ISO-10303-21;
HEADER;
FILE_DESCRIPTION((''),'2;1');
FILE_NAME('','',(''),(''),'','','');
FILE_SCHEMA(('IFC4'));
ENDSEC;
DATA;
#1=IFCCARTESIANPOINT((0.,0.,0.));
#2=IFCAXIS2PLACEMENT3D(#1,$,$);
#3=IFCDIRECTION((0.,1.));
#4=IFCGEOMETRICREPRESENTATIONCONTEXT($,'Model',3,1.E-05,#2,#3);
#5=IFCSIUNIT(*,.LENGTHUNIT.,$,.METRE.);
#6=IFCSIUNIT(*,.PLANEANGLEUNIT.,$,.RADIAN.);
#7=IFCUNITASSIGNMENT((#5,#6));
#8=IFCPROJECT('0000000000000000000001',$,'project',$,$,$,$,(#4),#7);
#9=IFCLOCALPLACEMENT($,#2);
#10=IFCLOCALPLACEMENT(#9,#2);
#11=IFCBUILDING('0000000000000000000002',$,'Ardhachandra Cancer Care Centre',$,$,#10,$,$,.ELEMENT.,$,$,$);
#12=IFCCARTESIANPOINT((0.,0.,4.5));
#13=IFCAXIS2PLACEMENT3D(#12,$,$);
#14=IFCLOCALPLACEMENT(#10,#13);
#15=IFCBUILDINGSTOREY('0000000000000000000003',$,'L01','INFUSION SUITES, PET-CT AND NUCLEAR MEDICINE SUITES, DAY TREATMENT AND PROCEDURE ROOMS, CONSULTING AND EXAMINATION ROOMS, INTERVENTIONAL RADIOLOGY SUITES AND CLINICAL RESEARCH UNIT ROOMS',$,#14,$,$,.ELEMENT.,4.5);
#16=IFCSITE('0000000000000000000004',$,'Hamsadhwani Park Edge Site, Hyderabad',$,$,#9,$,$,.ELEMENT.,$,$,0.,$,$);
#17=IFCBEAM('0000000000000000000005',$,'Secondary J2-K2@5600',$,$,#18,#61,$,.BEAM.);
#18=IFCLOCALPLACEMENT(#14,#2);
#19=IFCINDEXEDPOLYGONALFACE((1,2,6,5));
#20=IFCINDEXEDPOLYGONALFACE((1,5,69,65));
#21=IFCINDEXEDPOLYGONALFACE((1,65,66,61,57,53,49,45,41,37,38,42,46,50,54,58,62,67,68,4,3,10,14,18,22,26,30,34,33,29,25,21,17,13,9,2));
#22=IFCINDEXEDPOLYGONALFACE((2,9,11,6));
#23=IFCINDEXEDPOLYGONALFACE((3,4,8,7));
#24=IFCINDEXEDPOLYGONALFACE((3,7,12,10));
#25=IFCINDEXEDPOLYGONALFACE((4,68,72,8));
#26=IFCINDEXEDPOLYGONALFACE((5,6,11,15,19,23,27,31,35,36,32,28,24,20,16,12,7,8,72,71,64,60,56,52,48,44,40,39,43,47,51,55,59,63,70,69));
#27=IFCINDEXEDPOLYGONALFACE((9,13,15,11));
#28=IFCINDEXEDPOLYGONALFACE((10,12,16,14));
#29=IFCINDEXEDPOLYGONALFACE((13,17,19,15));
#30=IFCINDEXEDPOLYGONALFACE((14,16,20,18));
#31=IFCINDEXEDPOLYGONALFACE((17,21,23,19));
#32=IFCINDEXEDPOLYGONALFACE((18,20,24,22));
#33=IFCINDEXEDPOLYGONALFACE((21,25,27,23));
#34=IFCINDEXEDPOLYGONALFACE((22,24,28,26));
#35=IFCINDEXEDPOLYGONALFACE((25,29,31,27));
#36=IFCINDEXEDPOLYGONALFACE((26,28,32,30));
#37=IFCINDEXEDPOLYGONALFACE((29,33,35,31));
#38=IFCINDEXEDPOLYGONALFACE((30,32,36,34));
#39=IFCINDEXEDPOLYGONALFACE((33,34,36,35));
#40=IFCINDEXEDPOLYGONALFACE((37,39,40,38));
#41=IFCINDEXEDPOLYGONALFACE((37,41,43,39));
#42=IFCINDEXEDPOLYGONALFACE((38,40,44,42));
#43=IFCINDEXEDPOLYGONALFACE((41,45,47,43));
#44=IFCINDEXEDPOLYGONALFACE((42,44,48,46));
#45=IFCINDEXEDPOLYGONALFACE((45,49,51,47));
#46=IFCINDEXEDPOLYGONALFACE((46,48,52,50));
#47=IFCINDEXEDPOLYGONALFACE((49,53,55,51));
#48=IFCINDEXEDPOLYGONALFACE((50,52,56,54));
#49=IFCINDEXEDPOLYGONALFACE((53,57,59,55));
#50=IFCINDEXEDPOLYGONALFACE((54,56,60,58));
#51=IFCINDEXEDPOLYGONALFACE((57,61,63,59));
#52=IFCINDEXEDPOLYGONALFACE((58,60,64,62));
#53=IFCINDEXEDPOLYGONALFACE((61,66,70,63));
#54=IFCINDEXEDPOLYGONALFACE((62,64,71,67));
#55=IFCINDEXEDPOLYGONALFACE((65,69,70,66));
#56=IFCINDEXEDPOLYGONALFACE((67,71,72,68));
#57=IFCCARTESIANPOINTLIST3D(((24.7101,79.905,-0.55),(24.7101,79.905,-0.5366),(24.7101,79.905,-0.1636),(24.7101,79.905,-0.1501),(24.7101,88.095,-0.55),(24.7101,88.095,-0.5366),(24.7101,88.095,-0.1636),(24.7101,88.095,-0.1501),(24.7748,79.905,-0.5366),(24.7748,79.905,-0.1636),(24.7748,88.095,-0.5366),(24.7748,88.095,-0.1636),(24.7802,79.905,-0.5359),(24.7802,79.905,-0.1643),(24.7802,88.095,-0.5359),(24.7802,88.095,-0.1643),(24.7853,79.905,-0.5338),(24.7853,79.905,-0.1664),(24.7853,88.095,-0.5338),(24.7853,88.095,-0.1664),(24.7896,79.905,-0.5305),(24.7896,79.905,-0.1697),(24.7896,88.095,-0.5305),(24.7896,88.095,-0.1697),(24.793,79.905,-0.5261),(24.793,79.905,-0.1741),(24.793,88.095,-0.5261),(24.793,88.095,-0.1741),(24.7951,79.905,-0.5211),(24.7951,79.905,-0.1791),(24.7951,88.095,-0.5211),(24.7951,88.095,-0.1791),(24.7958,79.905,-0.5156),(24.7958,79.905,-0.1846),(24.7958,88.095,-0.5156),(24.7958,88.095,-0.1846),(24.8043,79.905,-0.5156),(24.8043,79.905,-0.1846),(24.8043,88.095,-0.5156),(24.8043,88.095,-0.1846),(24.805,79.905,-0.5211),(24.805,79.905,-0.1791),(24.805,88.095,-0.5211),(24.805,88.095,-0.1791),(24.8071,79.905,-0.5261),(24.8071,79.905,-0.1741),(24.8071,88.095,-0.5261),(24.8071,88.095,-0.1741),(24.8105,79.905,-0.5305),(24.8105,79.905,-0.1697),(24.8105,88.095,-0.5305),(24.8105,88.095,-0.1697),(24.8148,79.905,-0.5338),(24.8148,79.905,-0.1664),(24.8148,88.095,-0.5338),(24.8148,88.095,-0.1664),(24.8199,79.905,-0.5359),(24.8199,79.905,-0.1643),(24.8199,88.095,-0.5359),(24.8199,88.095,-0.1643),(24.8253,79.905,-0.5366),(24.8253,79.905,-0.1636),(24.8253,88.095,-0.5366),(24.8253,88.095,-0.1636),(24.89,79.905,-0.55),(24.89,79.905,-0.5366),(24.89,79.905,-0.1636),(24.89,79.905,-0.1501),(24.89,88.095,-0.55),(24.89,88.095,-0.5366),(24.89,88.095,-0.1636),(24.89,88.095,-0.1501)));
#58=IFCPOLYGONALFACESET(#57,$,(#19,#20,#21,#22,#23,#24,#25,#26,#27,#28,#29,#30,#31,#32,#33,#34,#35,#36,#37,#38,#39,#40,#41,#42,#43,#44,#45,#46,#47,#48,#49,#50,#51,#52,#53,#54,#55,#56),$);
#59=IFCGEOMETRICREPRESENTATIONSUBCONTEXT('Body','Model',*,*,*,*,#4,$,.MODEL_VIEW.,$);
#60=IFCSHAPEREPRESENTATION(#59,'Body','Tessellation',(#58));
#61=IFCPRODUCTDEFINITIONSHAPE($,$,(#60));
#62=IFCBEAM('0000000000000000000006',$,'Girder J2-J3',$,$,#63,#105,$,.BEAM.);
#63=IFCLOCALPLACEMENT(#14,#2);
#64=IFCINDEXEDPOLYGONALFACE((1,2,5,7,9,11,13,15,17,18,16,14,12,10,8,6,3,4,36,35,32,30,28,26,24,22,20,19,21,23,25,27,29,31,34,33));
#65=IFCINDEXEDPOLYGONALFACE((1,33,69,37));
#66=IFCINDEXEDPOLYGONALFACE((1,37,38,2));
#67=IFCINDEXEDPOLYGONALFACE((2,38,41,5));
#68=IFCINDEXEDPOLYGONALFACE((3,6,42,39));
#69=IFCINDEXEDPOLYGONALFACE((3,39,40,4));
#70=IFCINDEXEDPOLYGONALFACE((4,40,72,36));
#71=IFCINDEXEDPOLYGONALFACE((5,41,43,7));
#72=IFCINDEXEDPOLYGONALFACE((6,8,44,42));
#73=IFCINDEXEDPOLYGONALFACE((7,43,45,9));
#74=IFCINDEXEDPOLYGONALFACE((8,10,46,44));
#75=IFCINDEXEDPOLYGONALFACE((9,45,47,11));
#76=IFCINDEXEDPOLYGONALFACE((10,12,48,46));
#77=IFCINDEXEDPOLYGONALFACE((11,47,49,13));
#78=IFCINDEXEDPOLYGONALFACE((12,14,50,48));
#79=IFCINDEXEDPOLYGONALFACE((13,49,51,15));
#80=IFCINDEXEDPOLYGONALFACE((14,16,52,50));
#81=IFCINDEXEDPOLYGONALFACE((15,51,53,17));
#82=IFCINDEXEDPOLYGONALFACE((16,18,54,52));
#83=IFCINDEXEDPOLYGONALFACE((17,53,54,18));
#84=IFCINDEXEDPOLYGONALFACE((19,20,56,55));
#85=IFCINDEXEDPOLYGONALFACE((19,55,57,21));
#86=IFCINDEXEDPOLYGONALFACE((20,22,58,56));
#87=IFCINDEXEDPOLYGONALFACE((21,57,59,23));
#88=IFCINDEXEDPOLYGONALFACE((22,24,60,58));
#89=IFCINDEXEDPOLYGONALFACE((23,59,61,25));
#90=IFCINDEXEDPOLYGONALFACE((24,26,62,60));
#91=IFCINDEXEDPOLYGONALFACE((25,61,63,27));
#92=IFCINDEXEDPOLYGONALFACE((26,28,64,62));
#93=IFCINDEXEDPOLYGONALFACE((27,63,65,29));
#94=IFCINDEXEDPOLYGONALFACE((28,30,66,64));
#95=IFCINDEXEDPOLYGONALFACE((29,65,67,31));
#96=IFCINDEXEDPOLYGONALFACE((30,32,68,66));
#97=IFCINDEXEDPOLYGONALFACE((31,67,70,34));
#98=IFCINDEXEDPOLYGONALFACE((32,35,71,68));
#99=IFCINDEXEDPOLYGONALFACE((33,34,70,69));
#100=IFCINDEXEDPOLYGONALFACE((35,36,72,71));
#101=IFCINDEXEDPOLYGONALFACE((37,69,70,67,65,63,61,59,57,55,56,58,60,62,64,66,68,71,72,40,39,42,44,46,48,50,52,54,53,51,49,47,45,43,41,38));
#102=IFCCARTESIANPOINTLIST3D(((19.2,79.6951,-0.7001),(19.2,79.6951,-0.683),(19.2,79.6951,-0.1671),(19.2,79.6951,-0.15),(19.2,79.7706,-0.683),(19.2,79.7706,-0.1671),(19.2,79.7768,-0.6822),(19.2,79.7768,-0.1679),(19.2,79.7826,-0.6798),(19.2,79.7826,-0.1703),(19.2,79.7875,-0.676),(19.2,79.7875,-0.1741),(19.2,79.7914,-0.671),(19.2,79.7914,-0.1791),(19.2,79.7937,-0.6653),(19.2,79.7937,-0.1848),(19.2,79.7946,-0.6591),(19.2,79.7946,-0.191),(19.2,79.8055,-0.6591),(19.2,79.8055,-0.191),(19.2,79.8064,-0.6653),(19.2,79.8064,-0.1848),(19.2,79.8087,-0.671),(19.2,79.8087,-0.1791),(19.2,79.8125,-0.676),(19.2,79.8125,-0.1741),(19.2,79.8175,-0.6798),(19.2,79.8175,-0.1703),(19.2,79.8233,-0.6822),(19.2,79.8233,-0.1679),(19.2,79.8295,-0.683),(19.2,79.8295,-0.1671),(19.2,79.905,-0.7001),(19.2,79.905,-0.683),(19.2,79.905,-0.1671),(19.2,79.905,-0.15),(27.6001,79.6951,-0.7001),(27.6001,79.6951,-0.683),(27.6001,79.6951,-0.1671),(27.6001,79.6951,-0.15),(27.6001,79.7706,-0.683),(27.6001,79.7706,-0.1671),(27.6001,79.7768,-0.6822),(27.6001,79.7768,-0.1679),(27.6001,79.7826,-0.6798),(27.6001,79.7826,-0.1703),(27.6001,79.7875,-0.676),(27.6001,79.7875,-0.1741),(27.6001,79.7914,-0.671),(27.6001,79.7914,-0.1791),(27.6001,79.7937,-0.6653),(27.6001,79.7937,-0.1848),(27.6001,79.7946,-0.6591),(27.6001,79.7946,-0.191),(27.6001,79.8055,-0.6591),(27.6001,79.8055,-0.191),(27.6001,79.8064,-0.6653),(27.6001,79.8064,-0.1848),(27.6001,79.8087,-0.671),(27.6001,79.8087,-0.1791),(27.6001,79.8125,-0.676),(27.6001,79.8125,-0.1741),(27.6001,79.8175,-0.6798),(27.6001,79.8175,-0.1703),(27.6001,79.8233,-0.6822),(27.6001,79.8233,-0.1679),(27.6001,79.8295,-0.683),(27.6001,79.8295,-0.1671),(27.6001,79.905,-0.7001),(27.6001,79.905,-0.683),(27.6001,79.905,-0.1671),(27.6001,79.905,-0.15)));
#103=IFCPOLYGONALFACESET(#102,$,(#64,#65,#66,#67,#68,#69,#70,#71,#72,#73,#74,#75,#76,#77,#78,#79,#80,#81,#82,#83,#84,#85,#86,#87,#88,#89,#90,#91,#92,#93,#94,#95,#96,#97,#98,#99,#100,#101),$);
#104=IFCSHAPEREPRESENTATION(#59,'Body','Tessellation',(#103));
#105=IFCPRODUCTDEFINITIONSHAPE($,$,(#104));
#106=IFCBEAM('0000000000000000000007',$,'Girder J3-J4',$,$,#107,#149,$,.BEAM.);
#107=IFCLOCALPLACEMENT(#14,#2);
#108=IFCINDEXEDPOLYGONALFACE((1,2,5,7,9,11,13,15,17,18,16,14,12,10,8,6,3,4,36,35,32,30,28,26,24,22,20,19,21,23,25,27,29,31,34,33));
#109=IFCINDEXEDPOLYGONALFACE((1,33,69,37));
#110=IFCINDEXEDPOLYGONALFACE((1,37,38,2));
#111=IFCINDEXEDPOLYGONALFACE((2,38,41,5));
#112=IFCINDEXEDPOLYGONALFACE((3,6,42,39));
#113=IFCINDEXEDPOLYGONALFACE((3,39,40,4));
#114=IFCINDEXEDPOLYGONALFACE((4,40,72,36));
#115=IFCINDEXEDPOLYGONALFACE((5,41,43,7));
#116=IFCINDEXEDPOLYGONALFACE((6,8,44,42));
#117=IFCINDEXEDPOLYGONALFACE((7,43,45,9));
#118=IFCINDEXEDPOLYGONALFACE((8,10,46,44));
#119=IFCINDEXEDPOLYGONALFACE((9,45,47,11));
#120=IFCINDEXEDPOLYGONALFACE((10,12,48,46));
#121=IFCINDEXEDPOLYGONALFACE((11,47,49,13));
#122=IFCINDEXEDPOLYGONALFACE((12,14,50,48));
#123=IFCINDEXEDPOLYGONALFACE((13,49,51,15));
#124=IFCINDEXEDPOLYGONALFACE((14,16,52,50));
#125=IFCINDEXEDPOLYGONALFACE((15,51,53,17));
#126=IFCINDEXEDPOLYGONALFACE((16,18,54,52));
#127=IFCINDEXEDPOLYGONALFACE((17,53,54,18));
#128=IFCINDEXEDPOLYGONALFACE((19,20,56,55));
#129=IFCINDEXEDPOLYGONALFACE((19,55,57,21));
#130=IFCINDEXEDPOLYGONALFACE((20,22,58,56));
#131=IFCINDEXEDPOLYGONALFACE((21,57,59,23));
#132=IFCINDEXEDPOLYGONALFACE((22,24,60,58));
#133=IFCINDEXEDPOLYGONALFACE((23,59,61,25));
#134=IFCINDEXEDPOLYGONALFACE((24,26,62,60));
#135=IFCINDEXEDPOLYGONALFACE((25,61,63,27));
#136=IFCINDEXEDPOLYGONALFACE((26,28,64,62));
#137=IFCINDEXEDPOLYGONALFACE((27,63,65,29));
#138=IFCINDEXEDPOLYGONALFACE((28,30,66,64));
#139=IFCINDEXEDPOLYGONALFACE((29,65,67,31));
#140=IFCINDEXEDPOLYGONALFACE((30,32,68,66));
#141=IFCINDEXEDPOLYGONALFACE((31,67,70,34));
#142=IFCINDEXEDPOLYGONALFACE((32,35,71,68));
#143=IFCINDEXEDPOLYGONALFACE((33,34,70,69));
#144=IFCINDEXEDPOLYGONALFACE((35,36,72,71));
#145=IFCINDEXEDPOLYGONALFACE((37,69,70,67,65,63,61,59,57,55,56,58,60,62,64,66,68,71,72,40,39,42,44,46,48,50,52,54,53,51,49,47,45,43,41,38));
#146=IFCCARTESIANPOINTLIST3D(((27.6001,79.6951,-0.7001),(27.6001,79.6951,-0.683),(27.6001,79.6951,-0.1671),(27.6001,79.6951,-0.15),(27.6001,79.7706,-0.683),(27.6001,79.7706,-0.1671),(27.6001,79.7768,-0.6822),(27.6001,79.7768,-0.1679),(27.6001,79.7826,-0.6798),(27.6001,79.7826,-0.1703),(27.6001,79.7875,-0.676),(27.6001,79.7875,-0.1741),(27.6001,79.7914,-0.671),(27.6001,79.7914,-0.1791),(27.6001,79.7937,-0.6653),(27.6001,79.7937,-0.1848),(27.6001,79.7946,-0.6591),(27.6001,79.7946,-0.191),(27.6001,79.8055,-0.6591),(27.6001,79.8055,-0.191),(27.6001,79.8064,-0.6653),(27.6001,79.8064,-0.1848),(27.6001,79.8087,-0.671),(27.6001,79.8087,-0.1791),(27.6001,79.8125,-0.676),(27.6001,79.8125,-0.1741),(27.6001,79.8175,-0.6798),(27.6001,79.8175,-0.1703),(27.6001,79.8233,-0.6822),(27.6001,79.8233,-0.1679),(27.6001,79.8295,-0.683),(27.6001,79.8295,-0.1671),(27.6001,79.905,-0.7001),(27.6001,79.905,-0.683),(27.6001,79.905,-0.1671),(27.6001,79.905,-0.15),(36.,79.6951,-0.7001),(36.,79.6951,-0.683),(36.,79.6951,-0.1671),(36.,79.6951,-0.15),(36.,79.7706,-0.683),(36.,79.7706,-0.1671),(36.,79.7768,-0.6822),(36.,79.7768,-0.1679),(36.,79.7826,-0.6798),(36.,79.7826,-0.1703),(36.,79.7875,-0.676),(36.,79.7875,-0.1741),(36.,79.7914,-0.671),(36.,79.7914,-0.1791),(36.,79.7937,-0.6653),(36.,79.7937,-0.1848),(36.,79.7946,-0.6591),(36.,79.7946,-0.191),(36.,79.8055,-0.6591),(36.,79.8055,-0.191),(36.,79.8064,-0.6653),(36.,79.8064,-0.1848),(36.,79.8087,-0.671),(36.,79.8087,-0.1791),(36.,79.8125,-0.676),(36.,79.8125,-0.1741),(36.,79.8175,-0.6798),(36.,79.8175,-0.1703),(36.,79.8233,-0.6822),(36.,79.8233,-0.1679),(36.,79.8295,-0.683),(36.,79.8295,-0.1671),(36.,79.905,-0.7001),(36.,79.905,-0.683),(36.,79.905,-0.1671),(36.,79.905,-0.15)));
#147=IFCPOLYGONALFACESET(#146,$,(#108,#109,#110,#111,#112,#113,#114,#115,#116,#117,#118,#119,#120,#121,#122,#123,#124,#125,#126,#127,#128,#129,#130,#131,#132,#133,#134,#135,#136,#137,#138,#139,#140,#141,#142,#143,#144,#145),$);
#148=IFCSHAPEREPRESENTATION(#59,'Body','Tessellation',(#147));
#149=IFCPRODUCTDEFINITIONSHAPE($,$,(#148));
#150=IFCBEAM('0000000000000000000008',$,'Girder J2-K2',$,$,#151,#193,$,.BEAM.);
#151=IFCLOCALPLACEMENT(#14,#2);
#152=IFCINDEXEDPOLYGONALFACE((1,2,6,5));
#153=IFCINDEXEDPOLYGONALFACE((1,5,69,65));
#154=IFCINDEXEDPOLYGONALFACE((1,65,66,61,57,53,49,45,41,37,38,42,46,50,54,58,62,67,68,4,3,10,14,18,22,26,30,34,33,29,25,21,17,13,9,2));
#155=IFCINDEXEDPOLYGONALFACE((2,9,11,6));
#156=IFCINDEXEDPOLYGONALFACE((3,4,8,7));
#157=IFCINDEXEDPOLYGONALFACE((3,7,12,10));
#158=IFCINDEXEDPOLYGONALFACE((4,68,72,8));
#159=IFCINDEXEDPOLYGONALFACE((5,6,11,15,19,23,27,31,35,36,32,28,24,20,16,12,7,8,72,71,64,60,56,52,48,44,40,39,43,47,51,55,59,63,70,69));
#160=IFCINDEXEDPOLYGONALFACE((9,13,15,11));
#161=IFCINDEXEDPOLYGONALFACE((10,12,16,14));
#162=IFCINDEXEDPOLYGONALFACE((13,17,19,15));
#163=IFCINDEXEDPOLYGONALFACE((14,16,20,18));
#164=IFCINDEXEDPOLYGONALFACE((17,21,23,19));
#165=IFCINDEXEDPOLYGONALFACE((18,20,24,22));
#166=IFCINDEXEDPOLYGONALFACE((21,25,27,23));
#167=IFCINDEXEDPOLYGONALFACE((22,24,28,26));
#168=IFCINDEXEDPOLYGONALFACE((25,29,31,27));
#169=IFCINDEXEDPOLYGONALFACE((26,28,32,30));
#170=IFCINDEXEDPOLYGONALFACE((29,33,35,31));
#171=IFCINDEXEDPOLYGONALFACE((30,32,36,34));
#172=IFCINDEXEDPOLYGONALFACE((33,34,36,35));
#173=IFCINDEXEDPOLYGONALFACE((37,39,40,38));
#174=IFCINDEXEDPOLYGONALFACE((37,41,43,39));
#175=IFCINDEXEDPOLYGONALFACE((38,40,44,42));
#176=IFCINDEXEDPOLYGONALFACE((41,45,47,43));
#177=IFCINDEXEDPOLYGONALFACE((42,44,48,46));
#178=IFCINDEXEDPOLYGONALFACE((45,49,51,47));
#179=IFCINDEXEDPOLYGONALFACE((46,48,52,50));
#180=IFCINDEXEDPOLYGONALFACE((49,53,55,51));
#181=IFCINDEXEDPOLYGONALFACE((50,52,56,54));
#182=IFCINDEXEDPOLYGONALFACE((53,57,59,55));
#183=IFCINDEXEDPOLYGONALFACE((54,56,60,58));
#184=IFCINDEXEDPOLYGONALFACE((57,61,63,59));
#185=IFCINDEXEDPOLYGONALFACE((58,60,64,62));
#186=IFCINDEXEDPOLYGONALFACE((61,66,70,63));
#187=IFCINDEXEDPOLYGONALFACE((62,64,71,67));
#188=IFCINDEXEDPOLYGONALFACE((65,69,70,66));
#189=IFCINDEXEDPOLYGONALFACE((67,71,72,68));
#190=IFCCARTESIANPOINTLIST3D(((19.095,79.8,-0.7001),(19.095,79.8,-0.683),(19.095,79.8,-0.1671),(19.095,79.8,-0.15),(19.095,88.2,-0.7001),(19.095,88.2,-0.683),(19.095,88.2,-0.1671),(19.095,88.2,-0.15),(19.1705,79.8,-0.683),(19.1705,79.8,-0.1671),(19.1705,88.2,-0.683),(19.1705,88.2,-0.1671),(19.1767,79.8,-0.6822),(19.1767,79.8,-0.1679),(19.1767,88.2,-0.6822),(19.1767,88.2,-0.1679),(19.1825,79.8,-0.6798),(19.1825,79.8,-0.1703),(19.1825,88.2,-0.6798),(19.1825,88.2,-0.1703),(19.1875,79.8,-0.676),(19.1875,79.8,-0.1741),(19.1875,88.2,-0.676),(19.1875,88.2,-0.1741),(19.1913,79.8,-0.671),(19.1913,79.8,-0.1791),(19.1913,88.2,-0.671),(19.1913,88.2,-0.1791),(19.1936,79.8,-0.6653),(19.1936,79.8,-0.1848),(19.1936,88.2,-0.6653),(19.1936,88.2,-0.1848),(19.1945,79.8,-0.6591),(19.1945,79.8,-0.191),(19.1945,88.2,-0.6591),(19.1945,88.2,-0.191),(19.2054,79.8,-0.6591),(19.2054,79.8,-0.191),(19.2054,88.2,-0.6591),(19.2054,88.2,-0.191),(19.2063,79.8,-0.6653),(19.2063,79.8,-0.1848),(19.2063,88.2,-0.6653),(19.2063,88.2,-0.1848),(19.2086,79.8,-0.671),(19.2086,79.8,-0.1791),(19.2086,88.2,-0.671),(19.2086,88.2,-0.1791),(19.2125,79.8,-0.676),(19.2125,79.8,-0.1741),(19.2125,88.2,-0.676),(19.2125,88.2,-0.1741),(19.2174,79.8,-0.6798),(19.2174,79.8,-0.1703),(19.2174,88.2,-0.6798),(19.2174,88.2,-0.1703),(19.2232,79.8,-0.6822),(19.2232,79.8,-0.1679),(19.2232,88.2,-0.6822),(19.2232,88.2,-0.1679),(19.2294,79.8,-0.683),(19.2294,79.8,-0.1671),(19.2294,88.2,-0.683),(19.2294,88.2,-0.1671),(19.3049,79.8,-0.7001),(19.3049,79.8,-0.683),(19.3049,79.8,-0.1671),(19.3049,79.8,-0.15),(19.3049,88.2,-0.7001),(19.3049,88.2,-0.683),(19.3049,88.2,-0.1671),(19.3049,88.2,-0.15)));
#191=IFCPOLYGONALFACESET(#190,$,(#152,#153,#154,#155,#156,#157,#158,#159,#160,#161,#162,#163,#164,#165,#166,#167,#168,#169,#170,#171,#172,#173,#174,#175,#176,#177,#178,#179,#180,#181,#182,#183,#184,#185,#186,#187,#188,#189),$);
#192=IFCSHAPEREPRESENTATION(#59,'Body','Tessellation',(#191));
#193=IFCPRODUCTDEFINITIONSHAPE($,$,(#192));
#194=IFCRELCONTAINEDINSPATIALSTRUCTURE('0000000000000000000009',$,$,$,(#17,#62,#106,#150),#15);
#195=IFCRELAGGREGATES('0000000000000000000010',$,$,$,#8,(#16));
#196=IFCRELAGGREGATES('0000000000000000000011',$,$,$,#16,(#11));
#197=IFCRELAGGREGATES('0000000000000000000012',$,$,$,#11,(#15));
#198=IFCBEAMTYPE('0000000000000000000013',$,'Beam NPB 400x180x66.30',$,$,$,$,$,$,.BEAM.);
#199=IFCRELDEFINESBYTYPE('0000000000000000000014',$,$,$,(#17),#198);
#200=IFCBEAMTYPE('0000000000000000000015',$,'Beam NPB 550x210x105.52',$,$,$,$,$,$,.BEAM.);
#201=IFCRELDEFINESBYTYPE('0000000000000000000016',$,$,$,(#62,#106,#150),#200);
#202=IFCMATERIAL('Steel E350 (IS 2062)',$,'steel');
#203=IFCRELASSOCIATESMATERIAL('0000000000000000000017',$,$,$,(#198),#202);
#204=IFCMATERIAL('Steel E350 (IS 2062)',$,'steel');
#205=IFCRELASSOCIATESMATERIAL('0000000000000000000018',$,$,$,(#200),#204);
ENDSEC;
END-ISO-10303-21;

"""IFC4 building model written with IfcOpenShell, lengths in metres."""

from ifc_helpers import new_model, si_unit, direction, frame, origin, origin_2d, place, context, subcontext, project, spatial, i_section, extrude, material, material_profile, profile_set, type_object, element, save


model = new_model("IFC4")

# Units and contexts
model_context = context("Model", 3, precision=1e-05, world=origin(), true_north=direction((0.0, 1.0)))
body_context = subcontext(model_context, "Body", "Model", "MODEL_VIEW")
ifc_project = project(units=[si_unit("LENGTHUNIT", "METRE"), si_unit("PLANEANGLEUNIT", "RADIAN")], contexts=[model_context])

# Site, building, storey
site_placement = place(None, origin())
site = spatial("IfcSite", under=ifc_project, at=site_placement, Name="Hamsadhwani Park Edge Site, Hyderabad", CompositionType="ELEMENT", RefElevation=0.0)
building_placement = place(site_placement, origin())
building = spatial("IfcBuilding", under=site, at=building_placement, Name="Ardhachandra Cancer Care Centre", CompositionType="ELEMENT")
storey_placement = place(building_placement, frame((0.0, 0.0, 4.5)))
storey = spatial("IfcBuildingStorey", under=building, at=storey_placement, Name="L01", Description="INFUSION SUITES, PET-CT AND NUCLEAR MEDICINE SUITES, DAY TREATMENT AND PROCEDURE ROOMS, CONSULTING AND EXAMINATION ROOMS, INTERVENTIONAL RADIOLOGY SUITES AND CLINICAL RESEARCH UNIT ROOMS", CompositionType="ELEMENT", Elevation=4.5)

# Beams
ifc_material_1 = material(Name="Steel E350 (IS 2062)", Category="steel")
ifc_material_profile_1 = material_profile(ifc_material_1, i_section(OverallWidth=0.1799, OverallDepth=0.3999, WebThickness=0.0085, FlangeThickness=0.0134, FilletRadius=0.021, at=origin_2d()), Name="NPB 400x180x66.30")
ifc_profile_set_1 = profile_set([ifc_material_profile_1], Name="Steel E350 (IS 2062)")
beam_type_1 = type_object("IfcBeamType", Name="Beam NPB 400x180x66.30", PredefinedType="BEAM", material=ifc_profile_set_1)
beam_1_placement = place(storey_placement, frame((24.8, 79.905, -0.3501), z_axis=(0.0, 1.0, 0.0), x_axis=(-1.0, 0.0, 0.0)))
element("IfcBeam", 1, at=beam_1_placement, inside=storey, type_object=beam_type_1, Name="Secondary J2-K2@5600", PredefinedType="BEAM", context=body_context, shape_type="SweptSolid", body=[
    extrude(i_section(OverallWidth=0.1799, OverallDepth=0.3999, WebThickness=0.0085, FlangeThickness=0.0134, FilletRadius=0.021, at=origin_2d()), origin(), (0.0, 0.0, 1.0), 8.1899),
])
ifc_material_2 = material(Name="Steel E350 (IS 2062)", Category="steel")
ifc_material_profile_2 = material_profile(ifc_material_2, i_section(OverallWidth=0.21, OverallDepth=0.55, WebThickness=0.011, FlangeThickness=0.0171, FilletRadius=0.0239, at=origin_2d()), Name="NPB 550x210x105.52")
ifc_profile_set_2 = profile_set([ifc_material_profile_2], Name="Steel E350 (IS 2062)")
beam_type_2 = type_object("IfcBeamType", Name="Beam NPB 550x210x105.52", PredefinedType="BEAM", material=ifc_profile_set_2)
beam_2_placement = place(storey_placement, frame((19.2, 79.8, -0.425), z_axis=(1.0, 0.0, 0.0), x_axis=(0.0, 1.0, 0.0)))
element("IfcBeam", 2, at=beam_2_placement, inside=storey, type_object=beam_type_2, Name="Girder J2-J3", PredefinedType="BEAM", context=body_context, shape_type="SweptSolid", body=[
    extrude(i_section(OverallWidth=0.21, OverallDepth=0.55, WebThickness=0.011, FlangeThickness=0.0171, FilletRadius=0.0239, at=origin_2d()), origin(), (0.0, 0.0, 1.0), 8.4001),
])
for number, where, z_axis, x_axis, name in (
    (3, (27.6001, 79.8, -0.425), (1.0, 0.0, 0.0), (0.0, 1.0, 0.0), "Girder J3-J4"),
    (4, (19.2, 79.8, -0.425), (0.0, 1.0, 0.0), (-1.0, 0.0, 0.0), "Girder J2-K2"),
):
    element("IfcBeam", number, at=place(storey_placement, frame(where, z_axis=z_axis, x_axis=x_axis)), inside=storey, type_object=beam_type_2, Name=name, PredefinedType="BEAM", context=body_context, shape_type="SweptSolid", body=[
        extrude(i_section(OverallWidth=0.21, OverallDepth=0.55, WebThickness=0.011, FlangeThickness=0.0171, FilletRadius=0.0239, at=origin_2d()), origin(), (0.0, 0.0, 1.0), 8.3999),
    ])

save(model, "model.ifc")
